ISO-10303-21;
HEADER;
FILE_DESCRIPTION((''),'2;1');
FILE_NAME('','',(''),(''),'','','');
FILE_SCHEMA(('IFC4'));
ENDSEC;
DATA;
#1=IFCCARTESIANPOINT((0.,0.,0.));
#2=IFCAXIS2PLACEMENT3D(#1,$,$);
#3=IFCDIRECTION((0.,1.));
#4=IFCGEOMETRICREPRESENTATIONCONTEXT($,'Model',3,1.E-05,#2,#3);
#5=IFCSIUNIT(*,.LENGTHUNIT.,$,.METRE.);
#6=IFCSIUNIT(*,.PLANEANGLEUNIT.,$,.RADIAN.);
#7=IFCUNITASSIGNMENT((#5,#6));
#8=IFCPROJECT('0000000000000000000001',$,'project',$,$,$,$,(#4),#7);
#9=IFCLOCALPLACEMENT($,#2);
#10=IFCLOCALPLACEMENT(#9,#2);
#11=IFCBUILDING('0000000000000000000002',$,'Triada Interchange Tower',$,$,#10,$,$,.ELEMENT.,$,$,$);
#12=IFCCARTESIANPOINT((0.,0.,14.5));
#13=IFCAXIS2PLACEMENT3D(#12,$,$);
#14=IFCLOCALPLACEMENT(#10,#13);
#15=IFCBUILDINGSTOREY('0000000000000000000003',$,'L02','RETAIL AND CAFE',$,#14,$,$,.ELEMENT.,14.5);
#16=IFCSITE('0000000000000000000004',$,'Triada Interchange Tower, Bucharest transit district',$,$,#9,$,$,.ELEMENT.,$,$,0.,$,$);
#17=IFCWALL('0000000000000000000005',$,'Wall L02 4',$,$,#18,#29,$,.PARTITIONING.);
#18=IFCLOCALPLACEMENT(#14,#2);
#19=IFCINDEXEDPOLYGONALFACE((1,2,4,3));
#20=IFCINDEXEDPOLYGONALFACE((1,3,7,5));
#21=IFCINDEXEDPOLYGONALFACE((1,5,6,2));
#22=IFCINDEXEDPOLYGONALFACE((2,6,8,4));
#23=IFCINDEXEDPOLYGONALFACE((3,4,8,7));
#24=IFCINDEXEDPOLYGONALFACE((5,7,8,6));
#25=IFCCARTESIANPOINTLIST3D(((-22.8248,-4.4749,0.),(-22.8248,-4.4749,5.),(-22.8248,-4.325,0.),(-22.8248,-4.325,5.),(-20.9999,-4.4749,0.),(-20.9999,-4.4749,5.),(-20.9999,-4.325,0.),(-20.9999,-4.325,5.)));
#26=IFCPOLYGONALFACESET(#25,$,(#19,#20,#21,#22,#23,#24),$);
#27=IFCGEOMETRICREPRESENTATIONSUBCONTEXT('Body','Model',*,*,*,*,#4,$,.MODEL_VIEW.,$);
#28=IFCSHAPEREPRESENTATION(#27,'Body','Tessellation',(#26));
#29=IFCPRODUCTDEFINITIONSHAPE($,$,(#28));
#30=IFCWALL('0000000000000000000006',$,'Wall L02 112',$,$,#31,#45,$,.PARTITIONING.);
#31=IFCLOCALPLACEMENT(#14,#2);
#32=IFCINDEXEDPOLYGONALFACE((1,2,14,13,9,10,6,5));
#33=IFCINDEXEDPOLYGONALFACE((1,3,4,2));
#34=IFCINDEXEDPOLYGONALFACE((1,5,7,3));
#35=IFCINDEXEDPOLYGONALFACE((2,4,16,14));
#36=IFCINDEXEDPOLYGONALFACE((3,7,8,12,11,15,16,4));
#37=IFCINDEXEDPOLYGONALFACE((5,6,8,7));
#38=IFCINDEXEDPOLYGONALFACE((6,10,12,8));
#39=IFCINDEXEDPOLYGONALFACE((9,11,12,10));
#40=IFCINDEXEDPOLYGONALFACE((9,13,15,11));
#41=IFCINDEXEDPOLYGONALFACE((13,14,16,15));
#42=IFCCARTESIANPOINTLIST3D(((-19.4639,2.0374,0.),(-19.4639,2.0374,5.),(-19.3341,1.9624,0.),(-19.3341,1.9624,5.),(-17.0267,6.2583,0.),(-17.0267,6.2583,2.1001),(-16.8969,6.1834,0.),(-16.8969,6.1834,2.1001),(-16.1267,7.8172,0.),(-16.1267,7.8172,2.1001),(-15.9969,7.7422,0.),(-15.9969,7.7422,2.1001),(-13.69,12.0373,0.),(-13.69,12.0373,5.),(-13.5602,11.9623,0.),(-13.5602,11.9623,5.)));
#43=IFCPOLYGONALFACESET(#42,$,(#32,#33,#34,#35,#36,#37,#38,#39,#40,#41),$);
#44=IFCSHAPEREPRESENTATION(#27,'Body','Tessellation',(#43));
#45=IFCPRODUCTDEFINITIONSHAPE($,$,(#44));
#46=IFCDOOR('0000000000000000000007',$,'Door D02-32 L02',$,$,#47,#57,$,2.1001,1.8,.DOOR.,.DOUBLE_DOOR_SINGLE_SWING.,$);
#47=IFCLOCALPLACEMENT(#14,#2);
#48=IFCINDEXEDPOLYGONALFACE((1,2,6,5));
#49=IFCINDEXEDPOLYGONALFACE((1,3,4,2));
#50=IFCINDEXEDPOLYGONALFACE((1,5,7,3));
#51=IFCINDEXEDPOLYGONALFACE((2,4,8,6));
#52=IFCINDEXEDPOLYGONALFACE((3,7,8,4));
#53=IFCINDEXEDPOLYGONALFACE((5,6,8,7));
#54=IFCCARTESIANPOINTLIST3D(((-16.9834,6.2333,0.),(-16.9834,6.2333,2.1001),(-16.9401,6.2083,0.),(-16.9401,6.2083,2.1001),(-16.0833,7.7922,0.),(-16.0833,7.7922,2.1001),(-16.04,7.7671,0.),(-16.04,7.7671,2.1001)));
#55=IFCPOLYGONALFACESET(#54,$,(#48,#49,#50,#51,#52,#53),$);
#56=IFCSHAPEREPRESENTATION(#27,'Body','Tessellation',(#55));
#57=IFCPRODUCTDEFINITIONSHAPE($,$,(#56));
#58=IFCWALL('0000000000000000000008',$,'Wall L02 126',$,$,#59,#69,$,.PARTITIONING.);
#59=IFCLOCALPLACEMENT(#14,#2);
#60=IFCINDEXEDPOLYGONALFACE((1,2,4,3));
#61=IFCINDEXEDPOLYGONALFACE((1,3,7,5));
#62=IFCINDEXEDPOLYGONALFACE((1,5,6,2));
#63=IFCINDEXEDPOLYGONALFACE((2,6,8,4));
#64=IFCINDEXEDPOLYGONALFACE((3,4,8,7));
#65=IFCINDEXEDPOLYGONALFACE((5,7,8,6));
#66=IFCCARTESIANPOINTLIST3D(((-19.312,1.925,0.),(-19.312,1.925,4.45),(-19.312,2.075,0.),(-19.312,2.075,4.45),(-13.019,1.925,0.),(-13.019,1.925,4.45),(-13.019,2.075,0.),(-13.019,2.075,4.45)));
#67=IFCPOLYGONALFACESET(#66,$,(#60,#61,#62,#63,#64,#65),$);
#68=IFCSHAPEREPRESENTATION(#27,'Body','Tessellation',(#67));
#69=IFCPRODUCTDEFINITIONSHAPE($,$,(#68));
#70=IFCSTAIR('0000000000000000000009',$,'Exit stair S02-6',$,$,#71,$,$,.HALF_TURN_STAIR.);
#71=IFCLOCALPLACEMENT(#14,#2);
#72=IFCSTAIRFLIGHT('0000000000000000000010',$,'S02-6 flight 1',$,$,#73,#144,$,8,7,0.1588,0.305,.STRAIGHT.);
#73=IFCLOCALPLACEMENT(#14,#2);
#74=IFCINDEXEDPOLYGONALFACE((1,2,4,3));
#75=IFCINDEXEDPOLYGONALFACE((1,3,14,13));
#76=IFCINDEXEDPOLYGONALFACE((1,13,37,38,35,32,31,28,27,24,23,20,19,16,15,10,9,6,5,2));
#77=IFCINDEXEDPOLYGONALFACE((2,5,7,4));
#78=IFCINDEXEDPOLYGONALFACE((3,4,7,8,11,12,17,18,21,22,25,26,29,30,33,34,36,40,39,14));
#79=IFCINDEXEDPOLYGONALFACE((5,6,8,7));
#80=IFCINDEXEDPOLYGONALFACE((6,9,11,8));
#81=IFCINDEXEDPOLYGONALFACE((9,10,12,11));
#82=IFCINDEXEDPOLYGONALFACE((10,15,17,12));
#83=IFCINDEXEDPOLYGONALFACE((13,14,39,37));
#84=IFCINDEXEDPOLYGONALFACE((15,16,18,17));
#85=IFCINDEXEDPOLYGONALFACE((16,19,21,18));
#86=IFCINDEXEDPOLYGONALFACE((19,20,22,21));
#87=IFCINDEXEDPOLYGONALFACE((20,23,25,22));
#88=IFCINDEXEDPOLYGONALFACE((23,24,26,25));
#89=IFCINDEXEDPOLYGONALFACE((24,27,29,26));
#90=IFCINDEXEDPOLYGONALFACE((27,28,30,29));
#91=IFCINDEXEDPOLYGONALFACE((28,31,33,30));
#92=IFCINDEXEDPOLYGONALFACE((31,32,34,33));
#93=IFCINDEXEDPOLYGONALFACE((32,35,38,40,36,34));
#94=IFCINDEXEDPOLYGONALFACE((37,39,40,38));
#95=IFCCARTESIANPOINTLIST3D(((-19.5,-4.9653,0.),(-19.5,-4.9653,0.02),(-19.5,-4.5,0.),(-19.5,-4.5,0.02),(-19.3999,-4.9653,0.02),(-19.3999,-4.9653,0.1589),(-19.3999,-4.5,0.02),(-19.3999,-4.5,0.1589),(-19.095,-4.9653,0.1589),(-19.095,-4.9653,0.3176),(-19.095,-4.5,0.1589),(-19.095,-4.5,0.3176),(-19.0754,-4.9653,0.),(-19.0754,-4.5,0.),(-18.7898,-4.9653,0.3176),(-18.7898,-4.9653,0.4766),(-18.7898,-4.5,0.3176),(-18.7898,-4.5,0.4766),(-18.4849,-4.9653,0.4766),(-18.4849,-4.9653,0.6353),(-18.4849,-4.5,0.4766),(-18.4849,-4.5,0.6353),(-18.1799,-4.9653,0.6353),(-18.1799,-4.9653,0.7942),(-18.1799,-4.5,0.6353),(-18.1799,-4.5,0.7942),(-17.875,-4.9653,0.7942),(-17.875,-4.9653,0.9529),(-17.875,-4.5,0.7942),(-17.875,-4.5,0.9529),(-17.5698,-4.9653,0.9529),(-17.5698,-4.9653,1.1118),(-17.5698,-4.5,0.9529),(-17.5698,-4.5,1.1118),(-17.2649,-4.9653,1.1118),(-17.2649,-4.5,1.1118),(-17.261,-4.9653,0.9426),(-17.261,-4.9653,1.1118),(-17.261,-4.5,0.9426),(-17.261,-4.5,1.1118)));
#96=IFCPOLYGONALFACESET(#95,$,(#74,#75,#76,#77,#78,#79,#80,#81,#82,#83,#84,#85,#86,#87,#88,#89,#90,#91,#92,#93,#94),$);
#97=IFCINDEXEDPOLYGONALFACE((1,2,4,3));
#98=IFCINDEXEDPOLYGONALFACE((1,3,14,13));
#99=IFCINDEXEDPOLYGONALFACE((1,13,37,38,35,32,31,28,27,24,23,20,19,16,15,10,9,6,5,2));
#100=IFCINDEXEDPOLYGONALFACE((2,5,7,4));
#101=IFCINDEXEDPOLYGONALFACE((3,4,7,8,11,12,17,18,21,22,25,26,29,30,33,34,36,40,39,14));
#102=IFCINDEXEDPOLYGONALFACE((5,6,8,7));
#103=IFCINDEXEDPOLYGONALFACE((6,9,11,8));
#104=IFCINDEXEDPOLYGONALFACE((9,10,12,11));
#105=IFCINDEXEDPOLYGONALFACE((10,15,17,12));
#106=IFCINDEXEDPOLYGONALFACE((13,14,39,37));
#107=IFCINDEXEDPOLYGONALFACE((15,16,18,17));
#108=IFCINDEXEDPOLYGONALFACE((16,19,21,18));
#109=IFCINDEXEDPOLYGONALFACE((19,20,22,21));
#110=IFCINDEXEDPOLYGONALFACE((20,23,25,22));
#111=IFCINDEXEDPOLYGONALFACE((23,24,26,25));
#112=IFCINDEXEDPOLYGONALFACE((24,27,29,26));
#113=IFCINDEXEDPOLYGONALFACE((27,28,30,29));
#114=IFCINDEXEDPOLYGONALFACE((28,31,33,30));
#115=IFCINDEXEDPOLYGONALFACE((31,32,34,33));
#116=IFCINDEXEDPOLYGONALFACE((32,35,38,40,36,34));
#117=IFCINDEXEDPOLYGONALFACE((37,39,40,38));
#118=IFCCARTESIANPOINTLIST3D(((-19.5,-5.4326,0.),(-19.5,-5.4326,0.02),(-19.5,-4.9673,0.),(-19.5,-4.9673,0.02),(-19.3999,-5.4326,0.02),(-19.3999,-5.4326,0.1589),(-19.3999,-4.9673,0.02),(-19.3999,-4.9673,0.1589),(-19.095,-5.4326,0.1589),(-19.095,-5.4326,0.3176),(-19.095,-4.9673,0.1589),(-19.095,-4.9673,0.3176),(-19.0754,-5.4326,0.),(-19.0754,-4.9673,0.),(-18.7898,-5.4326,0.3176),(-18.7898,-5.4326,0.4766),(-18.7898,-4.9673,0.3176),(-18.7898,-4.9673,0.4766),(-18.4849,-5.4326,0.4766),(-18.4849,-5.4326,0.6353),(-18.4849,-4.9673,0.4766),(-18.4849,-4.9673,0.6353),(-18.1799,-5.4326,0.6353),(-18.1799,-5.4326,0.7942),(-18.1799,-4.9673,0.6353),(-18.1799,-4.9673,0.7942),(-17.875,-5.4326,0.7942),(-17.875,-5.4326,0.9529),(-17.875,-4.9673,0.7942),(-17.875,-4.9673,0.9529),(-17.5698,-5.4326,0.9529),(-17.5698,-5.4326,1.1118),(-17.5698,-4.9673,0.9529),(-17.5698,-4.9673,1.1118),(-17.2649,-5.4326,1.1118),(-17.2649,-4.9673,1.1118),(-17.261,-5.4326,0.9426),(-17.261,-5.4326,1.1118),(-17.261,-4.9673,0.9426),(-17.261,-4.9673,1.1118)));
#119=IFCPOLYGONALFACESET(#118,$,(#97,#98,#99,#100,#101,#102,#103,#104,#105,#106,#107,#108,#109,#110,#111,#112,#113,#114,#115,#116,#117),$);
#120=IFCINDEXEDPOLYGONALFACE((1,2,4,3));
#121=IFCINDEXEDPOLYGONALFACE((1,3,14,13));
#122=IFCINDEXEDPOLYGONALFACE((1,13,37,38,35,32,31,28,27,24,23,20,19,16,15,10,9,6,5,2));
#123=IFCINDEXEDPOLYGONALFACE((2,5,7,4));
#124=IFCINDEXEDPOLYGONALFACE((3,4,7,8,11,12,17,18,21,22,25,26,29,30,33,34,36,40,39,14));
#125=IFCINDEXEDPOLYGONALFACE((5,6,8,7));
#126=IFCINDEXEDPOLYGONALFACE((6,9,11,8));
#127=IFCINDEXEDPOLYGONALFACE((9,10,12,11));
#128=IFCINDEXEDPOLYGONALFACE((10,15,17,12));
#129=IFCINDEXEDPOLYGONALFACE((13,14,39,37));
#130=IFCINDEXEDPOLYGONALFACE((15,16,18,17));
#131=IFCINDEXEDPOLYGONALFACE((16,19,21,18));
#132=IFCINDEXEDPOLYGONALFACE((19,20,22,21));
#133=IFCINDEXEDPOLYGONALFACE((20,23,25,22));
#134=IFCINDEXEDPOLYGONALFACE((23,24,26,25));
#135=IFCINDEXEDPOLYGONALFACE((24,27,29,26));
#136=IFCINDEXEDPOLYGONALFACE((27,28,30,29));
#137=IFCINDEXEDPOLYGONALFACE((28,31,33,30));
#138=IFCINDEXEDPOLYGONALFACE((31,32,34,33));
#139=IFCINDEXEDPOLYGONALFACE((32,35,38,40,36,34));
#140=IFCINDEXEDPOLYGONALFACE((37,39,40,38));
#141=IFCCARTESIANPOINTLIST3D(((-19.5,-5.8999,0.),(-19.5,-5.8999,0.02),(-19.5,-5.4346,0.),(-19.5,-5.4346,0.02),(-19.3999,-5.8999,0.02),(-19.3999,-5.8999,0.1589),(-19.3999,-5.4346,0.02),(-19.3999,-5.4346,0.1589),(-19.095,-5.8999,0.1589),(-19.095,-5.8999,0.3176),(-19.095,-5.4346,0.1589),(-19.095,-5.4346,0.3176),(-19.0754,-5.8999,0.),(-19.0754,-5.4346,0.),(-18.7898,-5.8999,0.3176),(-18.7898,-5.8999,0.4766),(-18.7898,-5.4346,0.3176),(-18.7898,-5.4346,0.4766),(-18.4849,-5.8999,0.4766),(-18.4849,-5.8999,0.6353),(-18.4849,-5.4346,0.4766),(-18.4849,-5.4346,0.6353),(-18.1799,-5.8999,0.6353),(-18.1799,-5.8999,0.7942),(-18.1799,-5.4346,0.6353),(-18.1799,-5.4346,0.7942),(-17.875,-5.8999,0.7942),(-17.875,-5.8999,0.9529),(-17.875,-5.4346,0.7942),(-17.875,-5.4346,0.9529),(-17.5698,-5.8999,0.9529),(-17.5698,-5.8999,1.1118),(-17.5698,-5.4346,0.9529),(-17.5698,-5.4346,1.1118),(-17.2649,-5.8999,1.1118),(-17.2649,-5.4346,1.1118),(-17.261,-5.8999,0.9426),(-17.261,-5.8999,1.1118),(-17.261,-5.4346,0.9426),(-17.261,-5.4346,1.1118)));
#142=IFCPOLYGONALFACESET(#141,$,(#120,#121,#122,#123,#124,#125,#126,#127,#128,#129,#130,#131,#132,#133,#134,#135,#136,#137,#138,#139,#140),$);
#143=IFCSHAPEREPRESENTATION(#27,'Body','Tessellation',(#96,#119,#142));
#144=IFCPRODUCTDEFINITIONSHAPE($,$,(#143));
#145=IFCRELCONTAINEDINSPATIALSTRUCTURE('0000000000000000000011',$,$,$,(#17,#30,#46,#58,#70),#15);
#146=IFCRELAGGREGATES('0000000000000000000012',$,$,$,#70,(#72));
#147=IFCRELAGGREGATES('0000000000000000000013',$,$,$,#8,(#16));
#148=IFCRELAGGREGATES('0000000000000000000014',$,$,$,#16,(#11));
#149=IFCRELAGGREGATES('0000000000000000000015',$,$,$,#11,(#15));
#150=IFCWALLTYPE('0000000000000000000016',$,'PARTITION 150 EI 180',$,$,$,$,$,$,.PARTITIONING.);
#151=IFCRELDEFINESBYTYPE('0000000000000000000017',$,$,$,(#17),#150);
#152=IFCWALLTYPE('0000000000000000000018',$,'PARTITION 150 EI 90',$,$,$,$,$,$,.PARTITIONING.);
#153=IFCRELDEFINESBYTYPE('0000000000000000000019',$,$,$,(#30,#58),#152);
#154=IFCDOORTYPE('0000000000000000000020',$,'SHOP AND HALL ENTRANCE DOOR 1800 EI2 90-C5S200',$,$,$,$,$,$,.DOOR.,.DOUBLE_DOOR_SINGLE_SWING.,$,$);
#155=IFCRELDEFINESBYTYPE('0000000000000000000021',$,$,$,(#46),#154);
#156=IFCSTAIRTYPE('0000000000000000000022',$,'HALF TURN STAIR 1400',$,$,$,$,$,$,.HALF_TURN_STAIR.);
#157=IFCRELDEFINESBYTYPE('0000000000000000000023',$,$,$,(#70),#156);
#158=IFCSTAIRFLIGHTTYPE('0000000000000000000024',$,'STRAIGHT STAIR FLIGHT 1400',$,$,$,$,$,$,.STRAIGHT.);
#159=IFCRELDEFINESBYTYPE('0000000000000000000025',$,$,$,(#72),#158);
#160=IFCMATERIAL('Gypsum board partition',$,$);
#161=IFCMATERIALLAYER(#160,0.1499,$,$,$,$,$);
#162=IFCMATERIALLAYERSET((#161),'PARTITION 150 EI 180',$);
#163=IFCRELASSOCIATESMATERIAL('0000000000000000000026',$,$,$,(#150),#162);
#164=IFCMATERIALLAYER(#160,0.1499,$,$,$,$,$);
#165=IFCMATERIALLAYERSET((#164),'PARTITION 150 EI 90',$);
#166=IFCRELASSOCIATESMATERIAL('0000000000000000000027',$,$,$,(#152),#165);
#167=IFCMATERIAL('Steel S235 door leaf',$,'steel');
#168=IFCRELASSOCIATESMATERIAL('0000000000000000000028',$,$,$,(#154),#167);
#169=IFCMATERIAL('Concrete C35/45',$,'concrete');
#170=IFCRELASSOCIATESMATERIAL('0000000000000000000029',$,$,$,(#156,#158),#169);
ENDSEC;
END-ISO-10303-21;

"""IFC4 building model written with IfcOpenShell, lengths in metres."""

from ifc_helpers import new_model, si_unit, direction, frame, frame_2d, origin, place, context, subcontext, project, spatial, polyline, rectangle, outline, extrude, material, layer, layer_set, type_object, element, fill, aggregate, save


model = new_model("IFC4")

# Units and contexts
model_context = context("Model", 3, precision=1e-05, world=origin(), true_north=direction((0.0, 1.0)))
body_context = subcontext(model_context, "Body", "Model", "MODEL_VIEW")
ifc_project = project(units=[si_unit("LENGTHUNIT", "METRE"), si_unit("PLANEANGLEUNIT", "RADIAN")], contexts=[model_context])

# Site, building, storey
site_placement = place(None, origin())
site = spatial("IfcSite", under=ifc_project, at=site_placement, Name="Triada Interchange Tower, Bucharest transit district", CompositionType="ELEMENT", RefElevation=0.0)
building_placement = place(site_placement, origin())
building = spatial("IfcBuilding", under=site, at=building_placement, Name="Triada Interchange Tower", CompositionType="ELEMENT")
storey_placement = place(building_placement, frame((0.0, 0.0, 14.5)))
storey = spatial("IfcBuildingStorey", under=building, at=storey_placement, Name="L02", Description="RETAIL AND CAFE", CompositionType="ELEMENT", Elevation=14.5)

# Shared definitions
ifc_material_1 = material(Name="Concrete C35/45", Category="concrete")

# Shared definitions
ifc_material_2 = material(Name="Steel S235 door leaf", Category="steel")

# Shared definitions
ifc_material_3 = material(Name="Gypsum board partition")
ifc_layer_1 = layer(ifc_material_3, 0.1499)
ifc_layer_set_1 = layer_set([ifc_layer_1], Name="PARTITION 150 EI 180")
wall_type_1 = type_object("IfcWallType", Name="PARTITION 150 EI 180", PredefinedType="PARTITIONING", material=ifc_layer_set_1)

# Wall
wall_1_placement = place(storey_placement, frame((-22.825, -4.3999, 0.0), z_axis=(0.0, 0.0, 1.0), x_axis=(1.0, 0.0, 0.0)))
element("IfcWall", 1, at=wall_1_placement, inside=storey, type_object=wall_type_1, Name="Wall L02 4", PredefinedType="PARTITIONING", context=body_context, shape_type="SweptSolid", body=[
    extrude(rectangle(XDim=1.825, YDim=0.1499, at=frame_2d((0.9126, 0.0))), origin(), (0.0, 0.0, 1.0), 5.0),
])

# Wall, opening, door
ifc_layer_2 = layer(ifc_material_3, 0.1499)
ifc_layer_set_2 = layer_set([ifc_layer_2], Name="PARTITION 150 EI 90")
wall_type_2 = type_object("IfcWallType", Name="PARTITION 150 EI 90", PredefinedType="PARTITIONING", material=ifc_layer_set_2)
wall_2_placement = place(storey_placement, frame((-19.3989, 2.0, 0.0), z_axis=(0.0, 0.0, 1.0), x_axis=(0.500027, 0.86601, 0.0)))
wall_2 = element("IfcWall", 2, at=wall_2_placement, inside=storey, type_object=wall_type_2, Name="Wall L02 112", PredefinedType="PARTITIONING", context=body_context, shape_type="SweptSolid", body=[
    extrude(rectangle(XDim=11.5471, YDim=0.1499, at=frame_2d((5.7734, 0.0))), origin(), (0.0, 0.0, 1.0), 5.0),
])
opening_1_placement = place(wall_2_placement, frame((4.874, 0.0, 0.0)))
opening_1 = element("IfcOpeningElement", 3, at=opening_1_placement, cuts=wall_2, PredefinedType="OPENING", context=body_context, shape_type="SweptSolid", body=[
    extrude(rectangle(XDim=1.8, YDim=2.1001, at=frame_2d((0.8999, 1.05))), frame((0.0, 0.085, 0.0), z_axis=(0.0, -1.0, 0.0), x_axis=(1.0, 0.0, 0.0)), (0.0, 0.0, 1.0), 0.1699),
])
door_type_1 = type_object("IfcDoorType", Name="SHOP AND HALL ENTRANCE DOOR 1800 EI2 90-C5S200", OperationType="DOUBLE_DOOR_SINGLE_SWING", PredefinedType="DOOR", material=ifc_material_2)
door_1_placement = place(opening_1_placement, origin())
door_1 = element("IfcDoor", 4, at=door_1_placement, inside=storey, type_object=door_type_1, Name="Door D02-32 L02", OperationType="DOUBLE_DOOR_SINGLE_SWING", OverallHeight=2.1001, OverallWidth=1.8, PredefinedType="DOOR", context=body_context, shape_type="SweptSolid", body=[
    extrude(rectangle(XDim=1.8, YDim=2.1001, at=frame_2d((0.8999, 1.05))), frame((0.0, 0.0249, 0.0), z_axis=(0.0, -1.0, 0.0), x_axis=(1.0, 0.0, 0.0)), (0.0, 0.0, 1.0), 0.05),
])
fill(opening_1, door_1)

# Wall
wall_3_placement = place(storey_placement, frame((-19.312, 2.0, 0.0), z_axis=(0.0, 0.0, 1.0), x_axis=(1.0, 0.0, 0.0)))
element("IfcWall", 5, at=wall_3_placement, inside=storey, type_object=wall_type_2, Name="Wall L02 126", PredefinedType="PARTITIONING", context=body_context, shape_type="SweptSolid", body=[
    extrude(rectangle(XDim=6.293, YDim=0.1499, at=frame_2d((3.1465, 0.0))), origin(), (0.0, 0.0, 1.0), 4.45),
])

# Stair, stair flight
stair_type = type_object("IfcStairType", Name="HALF TURN STAIR 1400", PredefinedType="HALF_TURN_STAIR", material=ifc_material_1)
stair_placement = place(storey_placement, origin())
stair = element("IfcStair", 6, at=stair_placement, inside=storey, type_object=stair_type, Name="Exit stair S02-6", PredefinedType="HALF_TURN_STAIR")
stair_flight_type = type_object("IfcStairFlightType", Name="STRAIGHT STAIR FLIGHT 1400", PredefinedType="STRAIGHT", material=ifc_material_1)
stair_flight_1_placement = place(storey_placement, frame((-19.3999, -5.2, 0.0), z_axis=(0.0, 0.0, 1.0), x_axis=(1.0, 0.0, 0.0)))
stair_flight_1 = element("IfcStairFlight", 7, at=stair_flight_1_placement, type_object=stair_flight_type, Name="S02-6 flight 1", NumberOfRisers=8, NumberOfTreads=7, PredefinedType="STRAIGHT", RiserHeight=0.1588, TreadLength=0.305, context=body_context, shape_type="SweptSolid", body=[
    extrude(outline(polyline([(-0.1001, 0.0), (-0.1001, 0.02), (0.0, 0.02), (0.0, 0.1589), (0.3049, 0.1589), (0.3049, 0.3176), (0.6101, 0.3176), (0.6101, 0.4766), (0.915, 0.4766), (0.915, 0.6353), (1.22, 0.6353), (1.22, 0.7942), (1.5249, 0.7942), (1.5249, 0.9529), (1.8301, 0.9529), (1.8301, 1.1118), (2.135, 1.1118), (2.1389, 1.1118), (2.1389, 1.2705), (2.1389, 0.9426), (0.3245, 0.0), (-0.1001, 0.0)])), frame((0.0, 0.7, 0.0), z_axis=(0.0, -1.0, 0.0), x_axis=(1.0, 0.0, 0.0)), (0.0, 0.0, 1.0), 0.4653),
    extrude(outline(polyline([(-0.1001, 0.0), (-0.1001, 0.02), (0.0, 0.02), (0.0, 0.1589), (0.3049, 0.1589), (0.3049, 0.3176), (0.6101, 0.3176), (0.6101, 0.4766), (0.915, 0.4766), (0.915, 0.6353), (1.22, 0.6353), (1.22, 0.7942), (1.5249, 0.7942), (1.5249, 0.9529), (1.8301, 0.9529), (1.8301, 1.1118), (2.135, 1.1118), (2.1389, 1.1118), (2.1389, 1.2705), (2.1389, 0.9426), (0.3245, 0.0), (-0.1001, 0.0)])), frame((0.0, 0.2327, 0.0), z_axis=(0.0, -1.0, 0.0), x_axis=(1.0, 0.0, 0.0)), (0.0, 0.0, 1.0), 0.4653),
    extrude(outline(polyline([(-0.1001, 0.0), (-0.1001, 0.02), (0.0, 0.02), (0.0, 0.1589), (0.3049, 0.1589), (0.3049, 0.3176), (0.6101, 0.3176), (0.6101, 0.4766), (0.915, 0.4766), (0.915, 0.6353), (1.22, 0.6353), (1.22, 0.7942), (1.5249, 0.7942), (1.5249, 0.9529), (1.8301, 0.9529), (1.8301, 1.1118), (2.135, 1.1118), (2.1389, 1.1118), (2.1389, 1.2705), (2.1389, 0.9426), (0.3245, 0.0), (-0.1001, 0.0)])), frame((0.0, -0.2346, 0.0), z_axis=(0.0, -1.0, 0.0), x_axis=(1.0, 0.0, 0.0)), (0.0, 0.0, 1.0), 0.4653),
])
aggregate(stair, [stair_flight_1])

save(model, "model.ifc")
